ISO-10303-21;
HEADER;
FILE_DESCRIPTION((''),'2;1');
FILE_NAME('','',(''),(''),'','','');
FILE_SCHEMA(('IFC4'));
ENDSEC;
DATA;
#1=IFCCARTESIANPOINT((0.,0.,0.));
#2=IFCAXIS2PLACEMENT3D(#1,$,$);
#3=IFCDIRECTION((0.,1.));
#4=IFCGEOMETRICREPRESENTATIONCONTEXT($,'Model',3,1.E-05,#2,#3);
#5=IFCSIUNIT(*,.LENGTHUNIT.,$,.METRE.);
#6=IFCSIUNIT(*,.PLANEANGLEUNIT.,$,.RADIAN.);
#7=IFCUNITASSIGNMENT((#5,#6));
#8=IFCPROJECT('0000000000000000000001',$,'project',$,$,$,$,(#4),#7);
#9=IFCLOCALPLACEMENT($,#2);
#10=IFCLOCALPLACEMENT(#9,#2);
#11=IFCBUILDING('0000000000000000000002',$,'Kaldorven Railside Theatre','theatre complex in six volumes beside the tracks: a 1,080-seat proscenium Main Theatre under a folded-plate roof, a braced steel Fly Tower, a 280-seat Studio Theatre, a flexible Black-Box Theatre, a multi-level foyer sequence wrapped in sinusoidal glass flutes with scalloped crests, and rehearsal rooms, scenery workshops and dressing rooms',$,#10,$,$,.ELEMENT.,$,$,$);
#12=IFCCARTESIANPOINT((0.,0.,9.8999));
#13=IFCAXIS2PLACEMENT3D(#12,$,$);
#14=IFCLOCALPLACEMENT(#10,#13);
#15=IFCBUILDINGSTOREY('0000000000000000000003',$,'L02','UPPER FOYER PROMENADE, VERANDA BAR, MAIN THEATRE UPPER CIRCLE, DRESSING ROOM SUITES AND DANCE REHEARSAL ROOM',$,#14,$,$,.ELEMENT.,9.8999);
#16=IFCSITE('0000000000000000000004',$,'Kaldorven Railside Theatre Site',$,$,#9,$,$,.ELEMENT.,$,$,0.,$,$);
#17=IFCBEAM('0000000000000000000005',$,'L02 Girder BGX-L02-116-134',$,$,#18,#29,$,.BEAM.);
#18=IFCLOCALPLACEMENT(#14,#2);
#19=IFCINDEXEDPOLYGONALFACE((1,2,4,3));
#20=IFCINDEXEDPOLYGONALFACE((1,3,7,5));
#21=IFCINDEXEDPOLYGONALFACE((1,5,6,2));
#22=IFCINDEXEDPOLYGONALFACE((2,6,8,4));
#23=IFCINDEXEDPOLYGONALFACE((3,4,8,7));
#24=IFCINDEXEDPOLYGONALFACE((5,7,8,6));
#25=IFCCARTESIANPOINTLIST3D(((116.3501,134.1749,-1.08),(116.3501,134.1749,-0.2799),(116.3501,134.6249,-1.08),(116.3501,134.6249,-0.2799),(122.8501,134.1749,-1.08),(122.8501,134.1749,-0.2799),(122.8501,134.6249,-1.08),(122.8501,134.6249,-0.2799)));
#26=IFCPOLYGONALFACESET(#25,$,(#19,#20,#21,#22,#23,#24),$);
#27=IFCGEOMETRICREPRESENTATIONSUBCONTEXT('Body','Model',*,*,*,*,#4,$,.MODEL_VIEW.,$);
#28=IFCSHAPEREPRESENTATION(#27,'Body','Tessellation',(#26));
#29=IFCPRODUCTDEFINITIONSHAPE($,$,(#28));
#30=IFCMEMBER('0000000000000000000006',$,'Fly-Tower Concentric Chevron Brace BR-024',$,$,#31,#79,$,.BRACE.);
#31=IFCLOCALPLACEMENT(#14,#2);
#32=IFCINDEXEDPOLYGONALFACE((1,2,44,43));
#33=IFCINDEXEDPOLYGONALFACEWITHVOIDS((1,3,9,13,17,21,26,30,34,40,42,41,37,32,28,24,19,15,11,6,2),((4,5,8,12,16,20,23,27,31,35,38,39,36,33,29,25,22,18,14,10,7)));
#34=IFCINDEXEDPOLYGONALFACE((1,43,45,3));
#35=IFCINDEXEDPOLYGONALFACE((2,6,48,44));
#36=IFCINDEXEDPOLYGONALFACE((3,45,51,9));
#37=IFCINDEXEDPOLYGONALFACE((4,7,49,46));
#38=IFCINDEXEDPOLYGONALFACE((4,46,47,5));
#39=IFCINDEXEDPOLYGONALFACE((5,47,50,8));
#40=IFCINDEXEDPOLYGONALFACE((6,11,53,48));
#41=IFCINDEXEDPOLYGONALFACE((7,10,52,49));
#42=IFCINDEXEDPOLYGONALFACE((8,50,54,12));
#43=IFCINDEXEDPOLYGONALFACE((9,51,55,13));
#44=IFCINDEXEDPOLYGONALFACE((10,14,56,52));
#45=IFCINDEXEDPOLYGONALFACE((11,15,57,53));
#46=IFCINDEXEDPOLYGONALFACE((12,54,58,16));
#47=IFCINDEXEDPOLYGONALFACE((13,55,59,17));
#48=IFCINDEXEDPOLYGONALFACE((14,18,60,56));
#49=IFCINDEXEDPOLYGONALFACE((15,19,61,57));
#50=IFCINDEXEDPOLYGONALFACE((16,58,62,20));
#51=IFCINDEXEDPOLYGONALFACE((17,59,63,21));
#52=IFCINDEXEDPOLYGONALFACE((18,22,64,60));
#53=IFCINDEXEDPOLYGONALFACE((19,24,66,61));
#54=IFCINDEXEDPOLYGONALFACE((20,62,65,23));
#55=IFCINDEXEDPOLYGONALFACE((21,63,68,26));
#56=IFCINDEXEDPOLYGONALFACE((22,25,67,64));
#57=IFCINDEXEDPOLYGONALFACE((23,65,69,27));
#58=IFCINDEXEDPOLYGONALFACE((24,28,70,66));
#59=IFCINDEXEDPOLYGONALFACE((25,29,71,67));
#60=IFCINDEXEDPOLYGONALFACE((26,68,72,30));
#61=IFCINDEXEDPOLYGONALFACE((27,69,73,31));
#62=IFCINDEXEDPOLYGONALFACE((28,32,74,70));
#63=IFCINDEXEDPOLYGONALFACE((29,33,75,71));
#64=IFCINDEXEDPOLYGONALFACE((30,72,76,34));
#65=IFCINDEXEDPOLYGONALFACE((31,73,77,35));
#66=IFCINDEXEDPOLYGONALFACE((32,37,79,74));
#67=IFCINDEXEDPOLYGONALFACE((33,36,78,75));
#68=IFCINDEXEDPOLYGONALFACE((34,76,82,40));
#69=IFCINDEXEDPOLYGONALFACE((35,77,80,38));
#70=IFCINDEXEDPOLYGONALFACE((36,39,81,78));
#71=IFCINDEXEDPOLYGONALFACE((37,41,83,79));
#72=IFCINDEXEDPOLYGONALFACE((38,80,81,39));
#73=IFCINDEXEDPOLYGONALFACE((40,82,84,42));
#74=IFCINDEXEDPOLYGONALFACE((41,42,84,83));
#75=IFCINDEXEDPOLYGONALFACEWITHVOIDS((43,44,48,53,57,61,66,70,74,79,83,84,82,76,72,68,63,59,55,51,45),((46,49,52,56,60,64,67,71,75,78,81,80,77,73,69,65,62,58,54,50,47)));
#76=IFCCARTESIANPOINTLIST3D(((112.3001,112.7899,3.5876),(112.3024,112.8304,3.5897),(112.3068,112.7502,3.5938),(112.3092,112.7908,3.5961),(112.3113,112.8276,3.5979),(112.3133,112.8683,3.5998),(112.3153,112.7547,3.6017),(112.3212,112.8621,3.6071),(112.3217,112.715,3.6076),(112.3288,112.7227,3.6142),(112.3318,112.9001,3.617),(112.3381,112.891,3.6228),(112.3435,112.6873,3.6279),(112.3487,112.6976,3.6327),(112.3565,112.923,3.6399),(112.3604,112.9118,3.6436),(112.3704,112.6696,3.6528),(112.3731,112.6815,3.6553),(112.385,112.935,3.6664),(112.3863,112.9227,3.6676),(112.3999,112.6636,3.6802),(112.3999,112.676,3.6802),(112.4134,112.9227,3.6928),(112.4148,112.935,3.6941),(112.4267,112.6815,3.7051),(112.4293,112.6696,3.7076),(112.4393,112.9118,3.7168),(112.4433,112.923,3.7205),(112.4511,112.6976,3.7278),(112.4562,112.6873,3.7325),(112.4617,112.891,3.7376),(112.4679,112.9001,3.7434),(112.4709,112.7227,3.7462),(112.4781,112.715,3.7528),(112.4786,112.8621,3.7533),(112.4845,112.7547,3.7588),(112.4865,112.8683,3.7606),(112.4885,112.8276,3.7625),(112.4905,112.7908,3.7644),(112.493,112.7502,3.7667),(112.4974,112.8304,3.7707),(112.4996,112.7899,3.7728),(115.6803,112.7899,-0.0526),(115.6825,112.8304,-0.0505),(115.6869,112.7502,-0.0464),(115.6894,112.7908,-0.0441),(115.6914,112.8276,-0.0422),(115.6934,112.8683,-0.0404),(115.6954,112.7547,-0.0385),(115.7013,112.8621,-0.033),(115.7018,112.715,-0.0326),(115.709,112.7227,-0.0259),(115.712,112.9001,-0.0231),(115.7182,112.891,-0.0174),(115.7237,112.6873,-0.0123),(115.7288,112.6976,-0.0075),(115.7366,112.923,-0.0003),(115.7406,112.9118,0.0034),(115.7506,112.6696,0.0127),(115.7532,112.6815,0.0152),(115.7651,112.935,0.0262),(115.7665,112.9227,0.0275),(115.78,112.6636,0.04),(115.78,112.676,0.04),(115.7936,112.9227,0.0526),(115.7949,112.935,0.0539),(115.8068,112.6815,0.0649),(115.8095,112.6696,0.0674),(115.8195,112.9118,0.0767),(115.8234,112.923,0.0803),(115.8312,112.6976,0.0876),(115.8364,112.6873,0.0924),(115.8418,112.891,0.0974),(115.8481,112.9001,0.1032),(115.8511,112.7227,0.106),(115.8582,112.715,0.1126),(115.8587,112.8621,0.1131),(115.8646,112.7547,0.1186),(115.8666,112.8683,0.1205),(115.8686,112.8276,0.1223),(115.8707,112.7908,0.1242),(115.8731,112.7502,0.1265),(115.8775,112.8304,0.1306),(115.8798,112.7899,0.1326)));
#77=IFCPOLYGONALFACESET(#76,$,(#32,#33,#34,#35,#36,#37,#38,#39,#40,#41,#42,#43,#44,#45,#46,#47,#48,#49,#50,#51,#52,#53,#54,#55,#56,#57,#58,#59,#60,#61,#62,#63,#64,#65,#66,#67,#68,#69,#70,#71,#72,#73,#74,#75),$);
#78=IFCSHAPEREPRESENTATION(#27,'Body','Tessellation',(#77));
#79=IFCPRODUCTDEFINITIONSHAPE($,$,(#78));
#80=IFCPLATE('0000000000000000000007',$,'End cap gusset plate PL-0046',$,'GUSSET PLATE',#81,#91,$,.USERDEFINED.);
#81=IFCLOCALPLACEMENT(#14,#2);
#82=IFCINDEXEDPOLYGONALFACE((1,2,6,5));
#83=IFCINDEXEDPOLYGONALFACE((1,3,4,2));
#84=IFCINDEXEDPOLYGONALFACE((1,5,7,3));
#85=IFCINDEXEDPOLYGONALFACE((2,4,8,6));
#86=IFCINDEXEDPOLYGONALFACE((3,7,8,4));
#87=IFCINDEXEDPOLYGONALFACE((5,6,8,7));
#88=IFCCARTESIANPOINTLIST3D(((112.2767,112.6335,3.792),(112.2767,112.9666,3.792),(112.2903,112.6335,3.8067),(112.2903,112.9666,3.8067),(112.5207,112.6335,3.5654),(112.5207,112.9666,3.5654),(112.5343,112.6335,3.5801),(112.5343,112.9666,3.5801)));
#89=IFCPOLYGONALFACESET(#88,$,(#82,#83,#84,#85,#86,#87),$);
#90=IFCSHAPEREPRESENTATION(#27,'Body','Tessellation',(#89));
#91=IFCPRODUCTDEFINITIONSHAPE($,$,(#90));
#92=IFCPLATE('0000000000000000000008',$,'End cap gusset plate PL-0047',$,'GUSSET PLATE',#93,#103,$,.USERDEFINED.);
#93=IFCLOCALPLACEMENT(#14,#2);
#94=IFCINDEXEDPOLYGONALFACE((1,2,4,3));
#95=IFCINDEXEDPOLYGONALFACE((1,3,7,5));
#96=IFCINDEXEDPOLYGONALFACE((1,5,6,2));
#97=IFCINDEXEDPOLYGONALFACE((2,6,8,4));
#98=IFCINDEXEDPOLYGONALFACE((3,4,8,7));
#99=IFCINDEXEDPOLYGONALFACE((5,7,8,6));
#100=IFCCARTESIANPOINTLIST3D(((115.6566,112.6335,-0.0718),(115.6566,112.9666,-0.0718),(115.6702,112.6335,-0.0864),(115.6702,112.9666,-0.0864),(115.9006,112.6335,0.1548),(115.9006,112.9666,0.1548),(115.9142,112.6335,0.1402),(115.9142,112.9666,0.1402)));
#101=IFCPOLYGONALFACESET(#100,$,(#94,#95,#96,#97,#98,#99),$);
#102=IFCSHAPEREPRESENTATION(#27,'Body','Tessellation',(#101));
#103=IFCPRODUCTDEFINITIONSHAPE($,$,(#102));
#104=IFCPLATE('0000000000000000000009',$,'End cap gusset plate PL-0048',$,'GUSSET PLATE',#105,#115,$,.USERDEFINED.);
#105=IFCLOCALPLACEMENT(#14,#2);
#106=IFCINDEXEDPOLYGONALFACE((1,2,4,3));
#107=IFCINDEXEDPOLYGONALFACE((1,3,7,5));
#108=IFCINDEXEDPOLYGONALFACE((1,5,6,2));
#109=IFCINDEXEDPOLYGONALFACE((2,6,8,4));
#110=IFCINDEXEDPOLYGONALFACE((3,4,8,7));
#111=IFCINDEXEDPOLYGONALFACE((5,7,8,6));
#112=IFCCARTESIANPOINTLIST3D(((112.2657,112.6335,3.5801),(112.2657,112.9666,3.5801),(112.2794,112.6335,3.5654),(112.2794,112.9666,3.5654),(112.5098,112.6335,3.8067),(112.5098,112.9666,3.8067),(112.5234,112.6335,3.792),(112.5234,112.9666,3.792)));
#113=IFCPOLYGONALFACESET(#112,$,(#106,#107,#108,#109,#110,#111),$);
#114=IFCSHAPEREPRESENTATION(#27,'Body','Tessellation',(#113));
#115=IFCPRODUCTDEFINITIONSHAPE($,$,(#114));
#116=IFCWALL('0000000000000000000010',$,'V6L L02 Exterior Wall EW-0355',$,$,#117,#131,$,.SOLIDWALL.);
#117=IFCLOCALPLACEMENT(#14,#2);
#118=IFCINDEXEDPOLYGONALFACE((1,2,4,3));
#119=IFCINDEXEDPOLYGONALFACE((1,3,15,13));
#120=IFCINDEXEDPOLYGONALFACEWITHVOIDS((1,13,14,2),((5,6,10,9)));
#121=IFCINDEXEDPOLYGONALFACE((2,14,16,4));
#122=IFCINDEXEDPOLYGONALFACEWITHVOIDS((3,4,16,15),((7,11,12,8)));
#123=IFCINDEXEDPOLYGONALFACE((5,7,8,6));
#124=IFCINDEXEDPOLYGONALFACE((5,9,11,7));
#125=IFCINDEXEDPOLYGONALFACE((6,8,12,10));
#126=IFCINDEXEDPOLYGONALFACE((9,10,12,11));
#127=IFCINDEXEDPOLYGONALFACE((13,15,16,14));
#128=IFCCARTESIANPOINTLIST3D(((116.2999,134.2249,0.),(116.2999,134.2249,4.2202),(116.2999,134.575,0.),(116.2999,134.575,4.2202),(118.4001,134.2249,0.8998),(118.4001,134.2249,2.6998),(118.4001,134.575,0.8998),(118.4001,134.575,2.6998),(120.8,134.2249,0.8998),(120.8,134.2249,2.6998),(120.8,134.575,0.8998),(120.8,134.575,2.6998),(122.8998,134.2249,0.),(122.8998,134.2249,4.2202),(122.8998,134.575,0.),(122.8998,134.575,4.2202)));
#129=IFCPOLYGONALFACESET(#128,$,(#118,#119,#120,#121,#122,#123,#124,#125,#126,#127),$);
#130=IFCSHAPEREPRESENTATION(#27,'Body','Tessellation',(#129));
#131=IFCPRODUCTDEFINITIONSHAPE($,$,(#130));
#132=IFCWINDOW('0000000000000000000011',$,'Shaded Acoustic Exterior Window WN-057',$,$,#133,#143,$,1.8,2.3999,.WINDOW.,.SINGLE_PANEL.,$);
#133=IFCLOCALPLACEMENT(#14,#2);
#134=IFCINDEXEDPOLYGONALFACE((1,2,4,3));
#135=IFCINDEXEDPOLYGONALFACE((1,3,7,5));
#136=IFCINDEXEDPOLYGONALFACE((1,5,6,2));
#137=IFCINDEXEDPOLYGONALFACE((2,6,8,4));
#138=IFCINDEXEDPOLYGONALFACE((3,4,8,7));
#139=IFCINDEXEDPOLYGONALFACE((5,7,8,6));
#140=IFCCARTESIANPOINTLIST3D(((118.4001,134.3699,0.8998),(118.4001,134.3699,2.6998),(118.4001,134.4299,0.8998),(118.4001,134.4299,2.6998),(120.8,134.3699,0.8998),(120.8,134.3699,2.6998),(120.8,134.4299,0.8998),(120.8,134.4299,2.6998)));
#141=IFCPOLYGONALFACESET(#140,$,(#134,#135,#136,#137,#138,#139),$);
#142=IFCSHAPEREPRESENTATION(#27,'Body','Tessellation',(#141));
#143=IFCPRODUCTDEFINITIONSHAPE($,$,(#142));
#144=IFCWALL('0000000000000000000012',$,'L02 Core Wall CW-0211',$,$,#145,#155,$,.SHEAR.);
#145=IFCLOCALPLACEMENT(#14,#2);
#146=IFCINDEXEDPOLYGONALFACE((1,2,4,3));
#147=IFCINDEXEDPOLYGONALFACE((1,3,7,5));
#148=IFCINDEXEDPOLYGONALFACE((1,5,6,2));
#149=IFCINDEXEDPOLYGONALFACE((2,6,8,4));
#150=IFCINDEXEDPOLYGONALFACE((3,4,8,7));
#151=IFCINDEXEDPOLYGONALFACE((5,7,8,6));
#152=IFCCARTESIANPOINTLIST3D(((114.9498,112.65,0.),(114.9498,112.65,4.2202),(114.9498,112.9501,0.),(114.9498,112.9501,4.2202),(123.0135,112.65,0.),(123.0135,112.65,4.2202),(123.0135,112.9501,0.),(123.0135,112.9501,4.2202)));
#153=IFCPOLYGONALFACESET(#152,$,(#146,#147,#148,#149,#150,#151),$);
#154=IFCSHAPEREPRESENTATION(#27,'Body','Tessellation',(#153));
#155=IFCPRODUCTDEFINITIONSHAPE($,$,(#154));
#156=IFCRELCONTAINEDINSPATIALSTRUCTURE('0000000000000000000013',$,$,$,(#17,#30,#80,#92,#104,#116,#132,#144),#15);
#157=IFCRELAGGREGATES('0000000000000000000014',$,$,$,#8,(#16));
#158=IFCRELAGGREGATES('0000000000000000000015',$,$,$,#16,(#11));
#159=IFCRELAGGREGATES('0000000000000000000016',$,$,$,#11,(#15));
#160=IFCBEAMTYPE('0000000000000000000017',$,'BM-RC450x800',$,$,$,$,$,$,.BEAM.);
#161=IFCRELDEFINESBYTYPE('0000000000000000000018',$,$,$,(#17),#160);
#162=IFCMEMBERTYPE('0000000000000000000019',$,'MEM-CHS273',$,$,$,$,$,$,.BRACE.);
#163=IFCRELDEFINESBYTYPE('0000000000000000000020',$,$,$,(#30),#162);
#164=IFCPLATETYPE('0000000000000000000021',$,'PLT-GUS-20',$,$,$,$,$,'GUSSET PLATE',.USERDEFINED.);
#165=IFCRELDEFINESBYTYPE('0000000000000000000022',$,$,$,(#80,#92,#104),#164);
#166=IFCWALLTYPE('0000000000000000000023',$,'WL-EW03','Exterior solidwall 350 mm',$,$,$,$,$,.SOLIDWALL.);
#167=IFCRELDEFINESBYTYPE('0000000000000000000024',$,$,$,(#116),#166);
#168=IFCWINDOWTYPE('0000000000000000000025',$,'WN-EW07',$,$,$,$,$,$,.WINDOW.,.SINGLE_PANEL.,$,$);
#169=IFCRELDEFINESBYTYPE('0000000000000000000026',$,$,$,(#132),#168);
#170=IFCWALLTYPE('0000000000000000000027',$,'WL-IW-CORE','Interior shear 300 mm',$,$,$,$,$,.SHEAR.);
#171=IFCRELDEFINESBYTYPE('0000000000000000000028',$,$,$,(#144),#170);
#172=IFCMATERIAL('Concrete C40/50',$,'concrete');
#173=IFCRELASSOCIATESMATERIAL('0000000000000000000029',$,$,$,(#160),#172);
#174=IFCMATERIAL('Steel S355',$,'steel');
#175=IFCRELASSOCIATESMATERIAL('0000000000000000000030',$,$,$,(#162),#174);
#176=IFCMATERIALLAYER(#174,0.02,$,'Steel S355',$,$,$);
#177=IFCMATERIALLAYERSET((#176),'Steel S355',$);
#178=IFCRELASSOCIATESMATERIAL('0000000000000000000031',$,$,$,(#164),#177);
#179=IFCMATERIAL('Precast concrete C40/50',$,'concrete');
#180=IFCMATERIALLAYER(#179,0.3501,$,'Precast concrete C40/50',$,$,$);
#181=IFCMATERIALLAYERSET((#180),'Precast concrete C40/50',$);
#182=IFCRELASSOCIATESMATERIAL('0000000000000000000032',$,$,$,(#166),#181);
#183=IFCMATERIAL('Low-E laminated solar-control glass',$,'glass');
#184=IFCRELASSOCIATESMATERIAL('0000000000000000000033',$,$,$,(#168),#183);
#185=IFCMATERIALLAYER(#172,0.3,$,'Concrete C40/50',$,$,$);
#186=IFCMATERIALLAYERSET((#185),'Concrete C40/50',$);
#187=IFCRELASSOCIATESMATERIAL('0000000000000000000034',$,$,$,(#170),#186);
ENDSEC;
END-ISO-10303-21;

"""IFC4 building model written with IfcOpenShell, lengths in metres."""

from ifc_helpers import new_model, si_unit, direction, frame, frame_2d, origin, origin_2d, place, context, subcontext, project, spatial, rectangle, hollow_circle, extrude, material, layer, layer_set, material_profile, profile_set, type_object, element, fill, save


model = new_model("IFC4")

# Units and contexts
model_context = context("Model", 3, precision=1e-05, world=origin(), true_north=direction((0.0, 1.0)))
body_context = subcontext(model_context, "Body", "Model", "MODEL_VIEW")
ifc_project = project(units=[si_unit("LENGTHUNIT", "METRE"), si_unit("PLANEANGLEUNIT", "RADIAN")], contexts=[model_context])

# Site, building, storey
site_placement = place(None, origin())
site = spatial("IfcSite", under=ifc_project, at=site_placement, Name="Kaldorven Railside Theatre Site", CompositionType="ELEMENT", RefElevation=0.0)
building_placement = place(site_placement, origin())
building = spatial("IfcBuilding", under=site, at=building_placement, Name="Kaldorven Railside Theatre", Description="theatre complex in six volumes beside the tracks: a 1,080-seat proscenium Main Theatre under a folded-plate roof, a braced steel Fly Tower, a 280-seat Studio Theatre, a flexible Black-Box Theatre, a multi-level foyer sequence wrapped in sinusoidal glass flutes with scalloped crests, and rehearsal rooms, scenery workshops and dressing rooms", CompositionType="ELEMENT")
storey_placement = place(building_placement, frame((0.0, 0.0, 9.8999)))
storey = spatial("IfcBuildingStorey", under=building, at=storey_placement, Name="L02", Description="UPPER FOYER PROMENADE, VERANDA BAR, MAIN THEATRE UPPER CIRCLE, DRESSING ROOM SUITES AND DANCE REHEARSAL ROOM", CompositionType="ELEMENT", Elevation=9.8999)

# Shared definitions
ifc_material_1 = material(Name="Concrete C40/50", Category="concrete")

# Beam
ifc_material_2 = material(Name="Steel S355", Category="steel")
ifc_material_profile_1 = material_profile(ifc_material_1, rectangle(XDim=0.45, YDim=0.8, at=origin_2d()), Name="RC 450x800")
ifc_profile_set_1 = profile_set([ifc_material_profile_1], Name="Concrete C40/50")
beam_type_1 = type_object("IfcBeamType", Name="BM-RC450x800", PredefinedType="BEAM", material=ifc_profile_set_1)
for number, where, z_axis, x_axis, name in (
    (1, (116.3501, 134.3999, -0.6799), (1.0, 0.0, 0.0), (0.0, 1.0, 0.0), "L02 Girder BGX-L02-116-134"),
):
    element("IfcBeam", number, at=place(storey_placement, frame(where, z_axis=z_axis, x_axis=x_axis)), inside=storey, type_object=beam_type_1, Name=name, PredefinedType="BEAM", context=body_context, shape_type="SweptSolid", body=[
        extrude(rectangle(XDim=0.45, YDim=0.8, at=origin_2d()), origin(), (0.0, 0.0, 1.0), 6.5),
    ])

# Member
ifc_material_profile_2 = material_profile(ifc_material_2, hollow_circle(Radius=0.1365, WallThickness=0.0125, at=origin_2d()), Name="CHS 273x12.5")
ifc_profile_set_2 = profile_set([ifc_material_profile_2], Name="Steel S355")
member_type = type_object("IfcMemberType", Name="MEM-CHS273", PredefinedType="BRACE", material=ifc_profile_set_2)
member_placement = place(storey_placement, frame((115.78, 112.8, 0.04), z_axis=(-0.680451, 0.0, 0.732793), x_axis=(0.0, -1.0, 0.0)))
element("IfcMember", 2, at=member_placement, inside=storey, type_object=member_type, Name="Fly-Tower Concentric Chevron Brace BR-024", PredefinedType="BRACE", context=body_context, shape_type="SweptSolid", body=[
    extrude(hollow_circle(Radius=0.1365, WallThickness=0.0125, at=origin_2d()), origin(), (0.0, 0.0, 1.0), 4.9675),
])

# Plates
ifc_layer_1 = layer(ifc_material_2, 0.02, Name="Steel S355")
ifc_layer_set_1 = layer_set([ifc_layer_1], Name="Steel S355")
plate_type = type_object("IfcPlateType", Name="PLT-GUS-20", ElementType="GUSSET PLATE", PredefinedType="USERDEFINED", material=ifc_layer_set_1)
for number, where, z_axis, x_axis, name in (
    (3, (112.3987, 112.8, 3.6787), (0.680465, 0.0, 0.73278), (0.0, 1.0, 0.0), "End cap gusset plate PL-0046"),
    (4, (115.7922, 112.8, 0.0269), (-0.680465, 0.0, 0.73278), (0.0, -1.0, 0.0), "End cap gusset plate PL-0047"),
    (5, (112.4014, 112.8, 3.6787), (-0.680465, 0.0, 0.73278), (0.0, -1.0, 0.0), "End cap gusset plate PL-0048"),
):
    element("IfcPlate", number, at=place(storey_placement, frame(where, z_axis=z_axis, x_axis=x_axis)), inside=storey, type_object=plate_type, Name=name, ObjectType="GUSSET PLATE", PredefinedType="USERDEFINED", context=body_context, shape_type="SweptSolid", body=[
        extrude(rectangle(XDim=0.333, YDim=0.333, at=origin_2d()), origin(), (0.0, 0.0, 1.0), 0.02),
    ])

# Wall, opening, window
ifc_material_3 = material(Name="Precast concrete C40/50", Category="concrete")
ifc_layer_2 = layer(ifc_material_3, 0.3501, Name="Precast concrete C40/50")
ifc_layer_set_2 = layer_set([ifc_layer_2], Name="Precast concrete C40/50")
wall_type_1 = type_object("IfcWallType", Name="WL-EW03", Description="Exterior solidwall 350 mm", PredefinedType="SOLIDWALL", material=ifc_layer_set_2)
wall_1_placement = place(storey_placement, frame((116.3, 134.3999, 0.0), z_axis=(0.0, 0.0, 1.0), x_axis=(1.0, 0.0, 0.0)))
wall_1 = element("IfcWall", 6, at=wall_1_placement, inside=storey, type_object=wall_type_1, Name="V6L L02 Exterior Wall EW-0355", PredefinedType="SOLIDWALL", context=body_context, shape_type="SweptSolid", body=[
    extrude(rectangle(XDim=6.5999, YDim=0.3501, at=frame_2d((3.2998, 0.0))), origin(), (0.0, 0.0, 1.0), 4.2202),
])
opening_1_placement = place(wall_1_placement, frame((2.1001, 0.0, 0.8999)))
opening_1 = element("IfcOpeningElement", 7, at=opening_1_placement, cuts=wall_1, PredefinedType="OPENING", context=body_context, shape_type="SweptSolid", body=[
    extrude(rectangle(XDim=2.3999, YDim=1.8, at=frame_2d((1.2, 0.8999))), frame((0.0, 0.1851, 0.0), z_axis=(0.0, -1.0, 0.0), x_axis=(1.0, 0.0, 0.0)), (0.0, 0.0, 1.0), 0.3701),
])
ifc_material_4 = material(Name="Low-E laminated solar-control glass", Category="glass")
window_type = type_object("IfcWindowType", Name="WN-EW07", PartitioningType="SINGLE_PANEL", PredefinedType="WINDOW", material=ifc_material_4)
window_placement = place(opening_1_placement, origin())
window = element("IfcWindow", 8, at=window_placement, inside=storey, type_object=window_type, Name="Shaded Acoustic Exterior Window WN-057", OverallHeight=1.8, OverallWidth=2.3999, PartitioningType="SINGLE_PANEL", PredefinedType="WINDOW", context=body_context, shape_type="SweptSolid", body=[
    extrude(rectangle(XDim=2.3999, YDim=1.8, at=frame_2d((1.2, 0.8999))), frame((0.0, 0.03, 0.0), z_axis=(0.0, -1.0, 0.0), x_axis=(1.0, 0.0, 0.0)), (0.0, 0.0, 1.0), 0.0601),
])
fill(opening_1, window)

# Wall
ifc_layer_3 = layer(ifc_material_1, 0.3, Name="Concrete C40/50")
ifc_layer_set_3 = layer_set([ifc_layer_3], Name="Concrete C40/50")
wall_type_2 = type_object("IfcWallType", Name="WL-IW-CORE", Description="Interior shear 300 mm", PredefinedType="SHEAR", material=ifc_layer_set_3)
wall_2_placement = place(storey_placement, frame((114.95, 112.8, 0.0), z_axis=(0.0, 0.0, 1.0), x_axis=(1.0, 0.0, 0.0)))
element("IfcWall", 9, at=wall_2_placement, inside=storey, type_object=wall_type_2, Name="L02 Core Wall CW-0211", PredefinedType="SHEAR", context=body_context, shape_type="SweptSolid", body=[
    extrude(rectangle(XDim=8.0637, YDim=0.3, at=frame_2d((4.0317, 0.0))), origin(), (0.0, 0.0, 1.0), 4.2202),
])

save(model, "model.ifc")
